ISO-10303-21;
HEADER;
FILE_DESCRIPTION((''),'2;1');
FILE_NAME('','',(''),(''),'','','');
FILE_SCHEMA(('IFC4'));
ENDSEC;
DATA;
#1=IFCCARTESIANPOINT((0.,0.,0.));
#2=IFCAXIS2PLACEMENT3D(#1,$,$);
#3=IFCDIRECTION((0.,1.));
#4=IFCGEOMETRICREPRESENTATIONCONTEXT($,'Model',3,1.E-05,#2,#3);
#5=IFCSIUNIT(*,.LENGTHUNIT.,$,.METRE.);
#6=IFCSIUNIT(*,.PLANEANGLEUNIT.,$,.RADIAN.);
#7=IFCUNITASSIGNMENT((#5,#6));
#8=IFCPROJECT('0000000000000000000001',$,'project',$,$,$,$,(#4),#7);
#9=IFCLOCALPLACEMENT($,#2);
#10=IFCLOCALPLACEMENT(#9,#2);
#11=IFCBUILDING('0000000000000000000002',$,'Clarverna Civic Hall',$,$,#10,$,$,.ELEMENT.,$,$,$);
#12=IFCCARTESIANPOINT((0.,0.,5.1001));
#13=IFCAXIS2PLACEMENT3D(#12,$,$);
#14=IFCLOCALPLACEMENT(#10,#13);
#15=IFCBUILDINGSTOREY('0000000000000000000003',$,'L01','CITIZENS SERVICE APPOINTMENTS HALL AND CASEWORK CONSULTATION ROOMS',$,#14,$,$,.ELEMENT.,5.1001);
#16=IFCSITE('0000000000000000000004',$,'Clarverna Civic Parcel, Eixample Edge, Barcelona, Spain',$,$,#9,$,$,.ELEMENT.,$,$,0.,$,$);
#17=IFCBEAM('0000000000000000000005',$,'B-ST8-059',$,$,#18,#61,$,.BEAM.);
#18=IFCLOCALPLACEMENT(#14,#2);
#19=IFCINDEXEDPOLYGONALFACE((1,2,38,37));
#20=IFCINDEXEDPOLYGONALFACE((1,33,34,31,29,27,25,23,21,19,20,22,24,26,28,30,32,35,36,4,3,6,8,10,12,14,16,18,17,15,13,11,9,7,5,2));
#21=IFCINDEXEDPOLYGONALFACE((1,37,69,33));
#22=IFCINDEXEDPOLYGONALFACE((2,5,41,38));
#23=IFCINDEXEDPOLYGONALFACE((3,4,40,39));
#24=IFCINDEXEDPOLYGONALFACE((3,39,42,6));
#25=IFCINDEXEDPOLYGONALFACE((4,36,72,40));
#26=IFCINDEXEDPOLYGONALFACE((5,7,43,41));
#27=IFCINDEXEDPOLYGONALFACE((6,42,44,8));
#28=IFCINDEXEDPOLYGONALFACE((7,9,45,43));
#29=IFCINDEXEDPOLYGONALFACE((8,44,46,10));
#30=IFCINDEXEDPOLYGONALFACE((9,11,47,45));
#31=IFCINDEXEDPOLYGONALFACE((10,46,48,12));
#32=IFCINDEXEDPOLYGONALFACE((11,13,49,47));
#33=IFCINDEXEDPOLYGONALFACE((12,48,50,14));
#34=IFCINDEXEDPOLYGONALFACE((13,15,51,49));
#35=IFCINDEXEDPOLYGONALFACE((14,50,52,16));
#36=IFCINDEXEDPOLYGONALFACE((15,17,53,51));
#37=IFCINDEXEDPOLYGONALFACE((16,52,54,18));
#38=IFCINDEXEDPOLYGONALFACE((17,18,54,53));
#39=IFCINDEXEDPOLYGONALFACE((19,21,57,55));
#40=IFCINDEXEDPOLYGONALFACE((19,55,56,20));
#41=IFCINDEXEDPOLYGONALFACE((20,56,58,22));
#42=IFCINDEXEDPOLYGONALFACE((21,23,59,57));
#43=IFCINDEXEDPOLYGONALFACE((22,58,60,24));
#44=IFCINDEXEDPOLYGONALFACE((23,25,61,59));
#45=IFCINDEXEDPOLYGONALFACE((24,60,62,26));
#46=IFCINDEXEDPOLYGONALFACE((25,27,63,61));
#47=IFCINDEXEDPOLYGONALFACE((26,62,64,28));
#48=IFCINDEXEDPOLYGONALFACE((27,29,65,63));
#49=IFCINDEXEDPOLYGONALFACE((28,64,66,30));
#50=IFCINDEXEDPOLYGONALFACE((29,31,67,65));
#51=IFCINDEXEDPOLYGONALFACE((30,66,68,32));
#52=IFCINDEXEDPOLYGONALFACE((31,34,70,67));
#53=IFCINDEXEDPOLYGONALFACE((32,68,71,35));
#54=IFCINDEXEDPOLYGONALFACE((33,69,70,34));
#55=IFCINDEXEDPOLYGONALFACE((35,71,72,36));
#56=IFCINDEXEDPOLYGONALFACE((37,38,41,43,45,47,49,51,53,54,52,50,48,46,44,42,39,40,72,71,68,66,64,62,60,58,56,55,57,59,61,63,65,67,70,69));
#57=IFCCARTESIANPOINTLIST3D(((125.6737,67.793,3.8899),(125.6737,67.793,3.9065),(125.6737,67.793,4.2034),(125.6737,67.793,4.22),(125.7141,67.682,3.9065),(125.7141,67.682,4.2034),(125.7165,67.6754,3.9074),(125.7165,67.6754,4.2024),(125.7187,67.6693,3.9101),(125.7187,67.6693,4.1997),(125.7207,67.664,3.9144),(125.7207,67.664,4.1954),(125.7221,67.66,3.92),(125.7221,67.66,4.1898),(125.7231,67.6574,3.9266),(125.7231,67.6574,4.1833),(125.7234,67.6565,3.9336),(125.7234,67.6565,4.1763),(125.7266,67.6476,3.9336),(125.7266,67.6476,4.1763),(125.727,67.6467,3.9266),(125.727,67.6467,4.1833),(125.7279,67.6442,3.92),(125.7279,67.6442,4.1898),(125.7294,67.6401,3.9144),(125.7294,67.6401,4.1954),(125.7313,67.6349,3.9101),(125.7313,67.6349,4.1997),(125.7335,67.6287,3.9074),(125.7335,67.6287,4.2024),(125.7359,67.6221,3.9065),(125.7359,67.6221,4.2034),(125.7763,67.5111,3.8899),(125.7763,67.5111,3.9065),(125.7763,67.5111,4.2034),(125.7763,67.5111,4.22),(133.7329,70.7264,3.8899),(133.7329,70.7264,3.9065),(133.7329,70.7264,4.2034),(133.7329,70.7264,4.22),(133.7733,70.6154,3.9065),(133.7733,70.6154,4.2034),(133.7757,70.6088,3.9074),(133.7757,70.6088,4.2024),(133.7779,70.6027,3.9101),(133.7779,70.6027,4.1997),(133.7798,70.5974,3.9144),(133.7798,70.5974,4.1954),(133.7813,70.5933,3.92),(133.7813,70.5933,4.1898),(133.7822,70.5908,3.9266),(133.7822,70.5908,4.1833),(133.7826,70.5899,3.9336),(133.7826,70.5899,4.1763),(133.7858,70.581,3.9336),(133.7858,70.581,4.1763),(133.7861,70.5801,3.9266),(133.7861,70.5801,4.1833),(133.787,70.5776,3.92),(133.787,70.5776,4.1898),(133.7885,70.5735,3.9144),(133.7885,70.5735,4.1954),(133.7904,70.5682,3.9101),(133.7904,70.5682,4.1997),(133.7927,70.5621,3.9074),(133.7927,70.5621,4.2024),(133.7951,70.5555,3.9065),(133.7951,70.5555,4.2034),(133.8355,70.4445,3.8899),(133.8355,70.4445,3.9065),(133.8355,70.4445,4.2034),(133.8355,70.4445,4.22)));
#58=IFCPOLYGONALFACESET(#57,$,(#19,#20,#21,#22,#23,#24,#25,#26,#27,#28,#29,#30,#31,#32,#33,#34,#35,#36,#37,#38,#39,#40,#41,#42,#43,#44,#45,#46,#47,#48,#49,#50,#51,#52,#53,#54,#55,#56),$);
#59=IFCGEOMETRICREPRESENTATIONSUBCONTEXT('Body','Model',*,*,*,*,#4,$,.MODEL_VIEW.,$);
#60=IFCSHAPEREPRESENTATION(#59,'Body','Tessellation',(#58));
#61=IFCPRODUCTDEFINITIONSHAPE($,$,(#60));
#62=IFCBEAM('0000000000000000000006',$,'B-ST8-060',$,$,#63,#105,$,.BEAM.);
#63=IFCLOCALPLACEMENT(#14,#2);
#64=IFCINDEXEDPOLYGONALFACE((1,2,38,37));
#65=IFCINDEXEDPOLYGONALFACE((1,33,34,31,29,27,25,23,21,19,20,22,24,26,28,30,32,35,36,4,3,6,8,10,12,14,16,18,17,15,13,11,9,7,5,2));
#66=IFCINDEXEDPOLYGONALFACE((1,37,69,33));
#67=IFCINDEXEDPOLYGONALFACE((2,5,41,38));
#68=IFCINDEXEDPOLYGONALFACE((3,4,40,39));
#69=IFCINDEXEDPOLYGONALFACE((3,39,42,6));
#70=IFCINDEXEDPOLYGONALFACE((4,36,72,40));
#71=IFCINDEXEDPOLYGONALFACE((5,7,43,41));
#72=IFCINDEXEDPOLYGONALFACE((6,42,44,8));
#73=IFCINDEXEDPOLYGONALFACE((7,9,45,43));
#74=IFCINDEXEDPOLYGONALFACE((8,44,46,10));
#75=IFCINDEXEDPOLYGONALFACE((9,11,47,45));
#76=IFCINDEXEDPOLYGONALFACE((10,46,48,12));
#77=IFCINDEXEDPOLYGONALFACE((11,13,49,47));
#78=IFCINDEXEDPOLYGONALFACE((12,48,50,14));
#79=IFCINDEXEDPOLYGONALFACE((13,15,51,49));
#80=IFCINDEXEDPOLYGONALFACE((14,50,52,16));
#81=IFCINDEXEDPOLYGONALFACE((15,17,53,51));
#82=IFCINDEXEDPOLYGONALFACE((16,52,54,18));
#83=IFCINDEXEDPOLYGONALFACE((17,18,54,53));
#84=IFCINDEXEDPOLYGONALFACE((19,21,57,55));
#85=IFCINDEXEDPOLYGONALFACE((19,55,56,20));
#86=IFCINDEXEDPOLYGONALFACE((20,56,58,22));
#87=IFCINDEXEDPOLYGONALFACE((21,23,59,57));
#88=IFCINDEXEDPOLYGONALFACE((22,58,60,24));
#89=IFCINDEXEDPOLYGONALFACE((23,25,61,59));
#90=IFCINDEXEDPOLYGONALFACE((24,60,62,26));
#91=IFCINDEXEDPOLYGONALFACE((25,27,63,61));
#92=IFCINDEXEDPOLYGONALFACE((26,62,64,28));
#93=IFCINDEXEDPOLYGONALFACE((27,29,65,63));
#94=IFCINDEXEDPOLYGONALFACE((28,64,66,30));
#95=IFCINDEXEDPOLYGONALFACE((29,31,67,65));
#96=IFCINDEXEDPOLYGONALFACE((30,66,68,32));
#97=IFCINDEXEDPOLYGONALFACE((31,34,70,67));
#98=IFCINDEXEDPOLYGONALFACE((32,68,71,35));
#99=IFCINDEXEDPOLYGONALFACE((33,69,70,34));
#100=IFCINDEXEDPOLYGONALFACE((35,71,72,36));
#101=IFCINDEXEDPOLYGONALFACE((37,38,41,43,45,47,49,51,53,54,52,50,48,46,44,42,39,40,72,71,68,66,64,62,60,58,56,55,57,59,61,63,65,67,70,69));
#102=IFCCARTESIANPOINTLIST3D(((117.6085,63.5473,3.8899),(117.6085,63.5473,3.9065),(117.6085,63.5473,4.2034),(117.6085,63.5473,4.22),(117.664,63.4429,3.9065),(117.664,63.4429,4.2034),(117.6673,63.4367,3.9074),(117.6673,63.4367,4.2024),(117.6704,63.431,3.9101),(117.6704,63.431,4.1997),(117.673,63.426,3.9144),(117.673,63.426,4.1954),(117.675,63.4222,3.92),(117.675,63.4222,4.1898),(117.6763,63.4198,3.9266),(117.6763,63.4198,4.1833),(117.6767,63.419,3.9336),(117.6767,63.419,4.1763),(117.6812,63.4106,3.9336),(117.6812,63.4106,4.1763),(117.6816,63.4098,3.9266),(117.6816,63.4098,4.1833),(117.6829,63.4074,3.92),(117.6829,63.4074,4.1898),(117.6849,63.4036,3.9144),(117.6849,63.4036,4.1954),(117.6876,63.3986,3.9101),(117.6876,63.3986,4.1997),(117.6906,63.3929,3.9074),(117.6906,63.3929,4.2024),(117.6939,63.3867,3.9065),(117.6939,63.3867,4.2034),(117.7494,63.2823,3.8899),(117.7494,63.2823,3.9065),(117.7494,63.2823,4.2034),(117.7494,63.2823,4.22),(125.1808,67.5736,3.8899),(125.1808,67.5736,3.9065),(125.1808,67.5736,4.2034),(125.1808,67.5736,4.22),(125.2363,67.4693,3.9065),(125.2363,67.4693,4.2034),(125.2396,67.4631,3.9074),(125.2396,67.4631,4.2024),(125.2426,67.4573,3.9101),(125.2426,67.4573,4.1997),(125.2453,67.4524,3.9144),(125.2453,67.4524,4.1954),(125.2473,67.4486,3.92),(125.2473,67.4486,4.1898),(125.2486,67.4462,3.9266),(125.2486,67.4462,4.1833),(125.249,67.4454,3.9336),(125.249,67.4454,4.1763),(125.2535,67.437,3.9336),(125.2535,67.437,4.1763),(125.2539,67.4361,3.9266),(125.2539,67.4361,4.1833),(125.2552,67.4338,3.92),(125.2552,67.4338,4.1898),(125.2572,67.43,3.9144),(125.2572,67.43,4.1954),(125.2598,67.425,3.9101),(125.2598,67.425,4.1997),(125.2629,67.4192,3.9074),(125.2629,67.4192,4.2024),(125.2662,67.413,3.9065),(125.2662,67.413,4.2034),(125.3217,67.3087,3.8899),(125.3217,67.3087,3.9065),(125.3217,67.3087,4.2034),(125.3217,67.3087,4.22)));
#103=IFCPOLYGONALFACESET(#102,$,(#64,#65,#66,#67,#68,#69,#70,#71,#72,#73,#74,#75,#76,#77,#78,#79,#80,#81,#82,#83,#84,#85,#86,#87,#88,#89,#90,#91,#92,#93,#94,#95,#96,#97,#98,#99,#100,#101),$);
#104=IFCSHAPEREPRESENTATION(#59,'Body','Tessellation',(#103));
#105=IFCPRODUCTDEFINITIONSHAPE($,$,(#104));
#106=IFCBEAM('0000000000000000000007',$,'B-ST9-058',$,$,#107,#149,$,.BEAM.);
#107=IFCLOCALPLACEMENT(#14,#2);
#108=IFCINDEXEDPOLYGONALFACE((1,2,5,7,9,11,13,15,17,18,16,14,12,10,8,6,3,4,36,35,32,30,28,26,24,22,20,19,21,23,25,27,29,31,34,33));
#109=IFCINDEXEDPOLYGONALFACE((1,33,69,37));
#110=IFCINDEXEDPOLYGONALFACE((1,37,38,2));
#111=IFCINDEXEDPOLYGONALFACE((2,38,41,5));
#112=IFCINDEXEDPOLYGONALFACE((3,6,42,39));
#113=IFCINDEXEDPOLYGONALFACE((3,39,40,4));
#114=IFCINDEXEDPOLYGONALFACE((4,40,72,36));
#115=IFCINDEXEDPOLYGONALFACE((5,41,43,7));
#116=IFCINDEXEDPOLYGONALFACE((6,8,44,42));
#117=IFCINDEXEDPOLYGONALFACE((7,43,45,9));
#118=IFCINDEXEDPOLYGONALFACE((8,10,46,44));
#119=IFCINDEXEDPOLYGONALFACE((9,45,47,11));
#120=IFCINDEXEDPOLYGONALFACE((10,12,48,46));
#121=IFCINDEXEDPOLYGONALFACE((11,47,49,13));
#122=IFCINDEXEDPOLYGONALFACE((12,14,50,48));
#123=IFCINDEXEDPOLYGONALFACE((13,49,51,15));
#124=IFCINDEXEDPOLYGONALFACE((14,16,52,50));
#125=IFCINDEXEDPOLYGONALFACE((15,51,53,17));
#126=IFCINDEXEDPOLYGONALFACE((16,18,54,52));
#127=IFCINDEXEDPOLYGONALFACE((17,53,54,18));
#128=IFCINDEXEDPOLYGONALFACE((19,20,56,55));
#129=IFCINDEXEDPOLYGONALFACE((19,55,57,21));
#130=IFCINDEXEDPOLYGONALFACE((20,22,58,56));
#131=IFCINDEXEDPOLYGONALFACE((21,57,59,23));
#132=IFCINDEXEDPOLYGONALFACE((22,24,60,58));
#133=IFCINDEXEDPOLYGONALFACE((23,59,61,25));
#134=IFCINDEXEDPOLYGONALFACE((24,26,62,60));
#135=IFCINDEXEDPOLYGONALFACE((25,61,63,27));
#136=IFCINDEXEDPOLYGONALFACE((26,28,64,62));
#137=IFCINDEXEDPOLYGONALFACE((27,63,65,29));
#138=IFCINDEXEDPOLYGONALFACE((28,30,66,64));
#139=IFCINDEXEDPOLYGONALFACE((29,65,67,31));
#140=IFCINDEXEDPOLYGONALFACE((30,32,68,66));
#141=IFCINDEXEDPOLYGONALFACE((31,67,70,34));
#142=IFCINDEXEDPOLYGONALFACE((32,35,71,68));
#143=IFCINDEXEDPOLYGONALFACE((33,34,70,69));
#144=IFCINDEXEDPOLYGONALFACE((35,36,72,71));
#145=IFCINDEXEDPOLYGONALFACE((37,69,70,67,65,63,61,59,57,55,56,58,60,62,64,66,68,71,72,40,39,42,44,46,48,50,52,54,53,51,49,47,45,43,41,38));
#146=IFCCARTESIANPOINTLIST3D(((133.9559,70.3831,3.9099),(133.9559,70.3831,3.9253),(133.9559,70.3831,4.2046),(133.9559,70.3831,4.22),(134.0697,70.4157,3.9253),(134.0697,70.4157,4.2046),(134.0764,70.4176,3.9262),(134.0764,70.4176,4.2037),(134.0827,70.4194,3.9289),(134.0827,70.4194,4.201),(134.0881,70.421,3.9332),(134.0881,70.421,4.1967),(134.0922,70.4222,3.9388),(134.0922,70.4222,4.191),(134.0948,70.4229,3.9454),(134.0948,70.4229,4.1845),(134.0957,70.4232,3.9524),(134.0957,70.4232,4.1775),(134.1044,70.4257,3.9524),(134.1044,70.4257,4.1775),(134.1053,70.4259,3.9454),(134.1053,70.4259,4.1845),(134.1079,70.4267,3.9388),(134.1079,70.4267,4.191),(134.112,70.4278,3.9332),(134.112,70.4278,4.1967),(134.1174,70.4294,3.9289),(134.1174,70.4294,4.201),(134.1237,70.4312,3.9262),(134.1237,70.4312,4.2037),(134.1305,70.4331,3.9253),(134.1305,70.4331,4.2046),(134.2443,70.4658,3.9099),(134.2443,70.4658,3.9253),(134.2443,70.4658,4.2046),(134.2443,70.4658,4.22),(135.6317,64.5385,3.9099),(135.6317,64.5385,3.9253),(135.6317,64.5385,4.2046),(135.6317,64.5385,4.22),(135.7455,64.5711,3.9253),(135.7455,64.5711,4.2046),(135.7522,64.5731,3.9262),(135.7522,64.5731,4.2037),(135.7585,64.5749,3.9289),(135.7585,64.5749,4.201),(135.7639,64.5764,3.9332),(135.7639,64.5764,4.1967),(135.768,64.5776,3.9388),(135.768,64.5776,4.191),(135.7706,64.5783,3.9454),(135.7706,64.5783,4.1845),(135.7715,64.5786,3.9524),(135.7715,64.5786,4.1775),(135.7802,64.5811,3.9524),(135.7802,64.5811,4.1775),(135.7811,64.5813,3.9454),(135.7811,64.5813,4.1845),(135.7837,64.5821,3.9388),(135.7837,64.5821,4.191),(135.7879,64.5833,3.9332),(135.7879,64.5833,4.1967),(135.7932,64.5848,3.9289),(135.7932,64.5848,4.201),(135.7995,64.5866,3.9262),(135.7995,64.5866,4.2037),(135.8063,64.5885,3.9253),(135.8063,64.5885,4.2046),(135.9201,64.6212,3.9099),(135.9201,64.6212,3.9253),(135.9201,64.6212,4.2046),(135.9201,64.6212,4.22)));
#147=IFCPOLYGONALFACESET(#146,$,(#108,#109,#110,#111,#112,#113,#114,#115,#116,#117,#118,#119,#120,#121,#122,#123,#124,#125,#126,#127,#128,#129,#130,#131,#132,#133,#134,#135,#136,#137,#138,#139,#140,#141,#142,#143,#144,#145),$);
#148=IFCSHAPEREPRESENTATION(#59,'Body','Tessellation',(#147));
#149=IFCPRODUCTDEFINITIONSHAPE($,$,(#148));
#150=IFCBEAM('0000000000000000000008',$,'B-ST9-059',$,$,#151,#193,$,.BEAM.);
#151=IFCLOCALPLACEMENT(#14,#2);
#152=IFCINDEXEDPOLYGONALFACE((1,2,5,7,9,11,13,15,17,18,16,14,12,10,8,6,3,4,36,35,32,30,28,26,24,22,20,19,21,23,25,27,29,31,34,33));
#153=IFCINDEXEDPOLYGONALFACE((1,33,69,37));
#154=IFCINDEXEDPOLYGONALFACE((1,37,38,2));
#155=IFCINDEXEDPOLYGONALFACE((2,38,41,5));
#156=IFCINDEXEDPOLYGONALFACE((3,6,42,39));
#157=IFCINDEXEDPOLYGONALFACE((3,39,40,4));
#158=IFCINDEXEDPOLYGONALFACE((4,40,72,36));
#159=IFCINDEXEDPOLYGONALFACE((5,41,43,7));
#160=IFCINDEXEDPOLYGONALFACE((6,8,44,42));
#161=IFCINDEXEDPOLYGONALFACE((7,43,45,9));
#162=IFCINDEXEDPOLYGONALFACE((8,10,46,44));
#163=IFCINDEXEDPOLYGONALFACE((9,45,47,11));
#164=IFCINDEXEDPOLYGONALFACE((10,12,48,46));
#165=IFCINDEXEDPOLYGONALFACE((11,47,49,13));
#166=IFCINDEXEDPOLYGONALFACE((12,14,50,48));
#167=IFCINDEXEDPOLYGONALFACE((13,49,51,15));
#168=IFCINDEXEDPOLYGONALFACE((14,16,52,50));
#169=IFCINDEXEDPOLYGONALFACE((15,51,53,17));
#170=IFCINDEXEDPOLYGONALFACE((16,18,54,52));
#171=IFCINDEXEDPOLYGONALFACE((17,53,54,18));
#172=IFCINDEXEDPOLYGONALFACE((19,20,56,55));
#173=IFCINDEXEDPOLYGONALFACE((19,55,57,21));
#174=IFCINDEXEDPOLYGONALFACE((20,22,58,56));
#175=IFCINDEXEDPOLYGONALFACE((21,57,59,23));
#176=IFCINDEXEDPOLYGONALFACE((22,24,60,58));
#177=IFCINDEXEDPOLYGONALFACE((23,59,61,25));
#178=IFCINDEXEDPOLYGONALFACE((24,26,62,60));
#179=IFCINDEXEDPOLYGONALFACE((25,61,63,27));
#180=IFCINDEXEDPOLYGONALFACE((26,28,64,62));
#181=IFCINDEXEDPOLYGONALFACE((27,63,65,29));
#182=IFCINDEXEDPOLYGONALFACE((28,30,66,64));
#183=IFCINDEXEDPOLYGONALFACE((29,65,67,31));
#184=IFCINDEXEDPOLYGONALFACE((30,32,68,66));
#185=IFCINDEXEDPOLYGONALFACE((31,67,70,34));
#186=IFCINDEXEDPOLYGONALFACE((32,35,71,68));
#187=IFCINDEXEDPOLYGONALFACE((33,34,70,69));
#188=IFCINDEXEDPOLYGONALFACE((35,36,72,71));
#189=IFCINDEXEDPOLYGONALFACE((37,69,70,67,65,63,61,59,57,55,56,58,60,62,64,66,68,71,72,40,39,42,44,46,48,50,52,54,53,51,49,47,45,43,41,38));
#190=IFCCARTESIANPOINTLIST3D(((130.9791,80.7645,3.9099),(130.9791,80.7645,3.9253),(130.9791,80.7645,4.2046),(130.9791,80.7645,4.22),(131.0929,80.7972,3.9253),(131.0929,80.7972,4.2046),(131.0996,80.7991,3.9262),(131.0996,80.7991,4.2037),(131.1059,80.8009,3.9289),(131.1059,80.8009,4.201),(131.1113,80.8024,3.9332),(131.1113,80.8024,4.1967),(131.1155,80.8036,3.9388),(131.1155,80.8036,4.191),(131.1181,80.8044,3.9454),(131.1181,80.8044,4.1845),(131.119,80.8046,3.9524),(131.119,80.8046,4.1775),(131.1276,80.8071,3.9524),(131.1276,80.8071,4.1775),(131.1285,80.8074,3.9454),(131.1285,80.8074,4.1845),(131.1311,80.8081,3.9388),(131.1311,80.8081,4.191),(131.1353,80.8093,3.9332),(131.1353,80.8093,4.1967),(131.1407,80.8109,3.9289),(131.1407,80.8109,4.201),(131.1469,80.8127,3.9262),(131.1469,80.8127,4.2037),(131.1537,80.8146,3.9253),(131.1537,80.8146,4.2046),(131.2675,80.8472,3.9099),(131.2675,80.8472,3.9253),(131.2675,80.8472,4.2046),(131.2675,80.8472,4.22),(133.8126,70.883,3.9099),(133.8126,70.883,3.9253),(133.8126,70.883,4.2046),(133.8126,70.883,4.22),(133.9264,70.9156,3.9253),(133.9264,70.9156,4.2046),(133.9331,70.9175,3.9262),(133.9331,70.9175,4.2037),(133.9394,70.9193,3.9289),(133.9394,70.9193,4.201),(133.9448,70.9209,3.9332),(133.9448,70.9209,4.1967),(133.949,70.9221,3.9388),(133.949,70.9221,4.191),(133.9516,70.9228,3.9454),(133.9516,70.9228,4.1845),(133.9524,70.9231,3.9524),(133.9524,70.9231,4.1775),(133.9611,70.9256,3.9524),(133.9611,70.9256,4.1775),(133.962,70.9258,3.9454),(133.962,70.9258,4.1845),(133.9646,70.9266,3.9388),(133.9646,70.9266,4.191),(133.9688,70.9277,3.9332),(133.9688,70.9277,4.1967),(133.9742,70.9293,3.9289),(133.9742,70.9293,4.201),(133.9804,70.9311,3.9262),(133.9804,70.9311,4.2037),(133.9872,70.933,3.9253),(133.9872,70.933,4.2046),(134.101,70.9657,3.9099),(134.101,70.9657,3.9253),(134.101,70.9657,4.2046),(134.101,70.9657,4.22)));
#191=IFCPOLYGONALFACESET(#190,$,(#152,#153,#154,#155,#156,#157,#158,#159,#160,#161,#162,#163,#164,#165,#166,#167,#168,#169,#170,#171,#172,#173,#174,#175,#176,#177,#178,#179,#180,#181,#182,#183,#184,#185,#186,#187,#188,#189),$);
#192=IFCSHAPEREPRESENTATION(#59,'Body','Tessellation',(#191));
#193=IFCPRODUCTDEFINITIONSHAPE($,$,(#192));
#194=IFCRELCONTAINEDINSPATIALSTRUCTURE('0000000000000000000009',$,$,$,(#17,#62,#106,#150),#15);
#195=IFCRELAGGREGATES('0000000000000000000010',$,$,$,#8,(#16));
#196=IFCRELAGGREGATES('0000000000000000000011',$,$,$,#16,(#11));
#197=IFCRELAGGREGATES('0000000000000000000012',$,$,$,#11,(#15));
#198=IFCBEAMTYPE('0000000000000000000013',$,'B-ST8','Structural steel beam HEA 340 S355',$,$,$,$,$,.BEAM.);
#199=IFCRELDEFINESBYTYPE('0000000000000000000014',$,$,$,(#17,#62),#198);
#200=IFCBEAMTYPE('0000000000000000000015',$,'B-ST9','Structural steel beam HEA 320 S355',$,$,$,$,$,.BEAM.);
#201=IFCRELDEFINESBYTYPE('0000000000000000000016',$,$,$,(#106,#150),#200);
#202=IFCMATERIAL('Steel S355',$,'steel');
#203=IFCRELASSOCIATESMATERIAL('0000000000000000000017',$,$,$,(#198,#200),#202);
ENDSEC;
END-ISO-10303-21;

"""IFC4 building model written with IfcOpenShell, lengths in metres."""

from ifc_helpers import new_model, si_unit, direction, frame, origin, origin_2d, place, context, subcontext, project, spatial, i_section, extrude, material, material_profile, profile_set, type_object, element, save


model = new_model("IFC4")

# Units and contexts
model_context = context("Model", 3, precision=1e-05, world=origin(), true_north=direction((0.0, 1.0)))
body_context = subcontext(model_context, "Body", "Model", "MODEL_VIEW")
ifc_project = project(units=[si_unit("LENGTHUNIT", "METRE"), si_unit("PLANEANGLEUNIT", "RADIAN")], contexts=[model_context])

# Site, building, storey
site_placement = place(None, origin())
site = spatial("IfcSite", under=ifc_project, at=site_placement, Name="Clarverna Civic Parcel, Eixample Edge, Barcelona, Spain", CompositionType="ELEMENT", RefElevation=0.0)
building_placement = place(site_placement, origin())
building = spatial("IfcBuilding", under=site, at=building_placement, Name="Clarverna Civic Hall", CompositionType="ELEMENT")
storey_placement = place(building_placement, frame((0.0, 0.0, 5.1001)))
storey = spatial("IfcBuildingStorey", under=building, at=storey_placement, Name="L01", Description="CITIZENS SERVICE APPOINTMENTS HALL AND CASEWORK CONSULTATION ROOMS", CompositionType="ELEMENT", Elevation=5.1001)

# Beams
ifc_material_1 = material(Name="Steel S355", Category="steel")
ifc_material_profile_1 = material_profile(ifc_material_1, i_section(OverallWidth=0.3, OverallDepth=0.3301, WebThickness=0.0095, FlangeThickness=0.0166, FilletRadius=0.0271, at=origin_2d()), Name="HEA 340")
ifc_profile_set_1 = profile_set([ifc_material_profile_1], Name="Steel S355")
beam_type_1 = type_object("IfcBeamType", Name="B-ST8", Description="Structural steel beam HEA 340 S355", PredefinedType="BEAM", material=ifc_profile_set_1)
beam_1_placement = place(storey_placement, frame((133.7842, 70.5854, 4.0549), z_axis=(-0.939689, -0.342029, 0.0), x_axis=(0.342029, -0.939689, 0.0)))
element("IfcBeam", 1, at=beam_1_placement, inside=storey, type_object=beam_type_1, Name="B-ST8-059", PredefinedType="BEAM", context=body_context, shape_type="SweptSolid", body=[
    extrude(i_section(OverallWidth=0.3, OverallDepth=0.3301, WebThickness=0.0095, FlangeThickness=0.0166, FilletRadius=0.0271, at=origin_2d()), origin(), (0.0, 0.0, 1.0), 8.5764),
])
beam_2_placement = place(storey_placement, frame((125.2512, 67.4412, 4.0549), z_axis=(-0.882942, -0.469483, 0.0), x_axis=(0.469483, -0.882942, 0.0)))
element("IfcBeam", 2, at=beam_2_placement, inside=storey, type_object=beam_type_1, Name="B-ST8-060", PredefinedType="BEAM", context=body_context, shape_type="SweptSolid", body=[
    extrude(i_section(OverallWidth=0.3, OverallDepth=0.3301, WebThickness=0.0095, FlangeThickness=0.0166, FilletRadius=0.0271, at=origin_2d()), origin(), (0.0, 0.0, 1.0), 8.5762),
])
ifc_material_profile_2 = material_profile(ifc_material_1, i_section(OverallWidth=0.3, OverallDepth=0.3101, WebThickness=0.009, FlangeThickness=0.0154, FilletRadius=0.0271, at=origin_2d()), Name="HEA 320")
ifc_profile_set_2 = profile_set([ifc_material_profile_2], Name="Steel S355")
beam_type_2 = type_object("IfcBeamType", Name="B-ST9", Description="Structural steel beam HEA 320 S355", PredefinedType="BEAM", material=ifc_profile_set_2)
beam_3_placement = place(storey_placement, frame((135.7759, 64.5798, 4.0649), z_axis=(-0.275623, 0.961266, 0.0), x_axis=(-0.961266, -0.275623, 0.0)))
element("IfcBeam", 3, at=beam_3_placement, inside=storey, type_object=beam_type_2, Name="B-ST9-058", PredefinedType="BEAM", context=body_context, shape_type="SweptSolid", body=[
    extrude(i_section(OverallWidth=0.3, OverallDepth=0.3101, WebThickness=0.009, FlangeThickness=0.0154, FilletRadius=0.0271, at=origin_2d()), origin(), (0.0, 0.0, 1.0), 6.0801),
])
beam_4_placement = place(storey_placement, frame((133.9568, 70.9243, 4.0649), z_axis=(-0.275637, 0.961262, 0.0), x_axis=(-0.961262, -0.275637, 0.0)))
element("IfcBeam", 4, at=beam_4_placement, inside=storey, type_object=beam_type_2, Name="B-ST9-059", PredefinedType="BEAM", context=body_context, shape_type="SweptSolid", body=[
    extrude(i_section(OverallWidth=0.3, OverallDepth=0.3101, WebThickness=0.009, FlangeThickness=0.0154, FilletRadius=0.0271, at=origin_2d()), origin(), (0.0, 0.0, 1.0), 10.2798),
])

save(model, "model.ifc")
